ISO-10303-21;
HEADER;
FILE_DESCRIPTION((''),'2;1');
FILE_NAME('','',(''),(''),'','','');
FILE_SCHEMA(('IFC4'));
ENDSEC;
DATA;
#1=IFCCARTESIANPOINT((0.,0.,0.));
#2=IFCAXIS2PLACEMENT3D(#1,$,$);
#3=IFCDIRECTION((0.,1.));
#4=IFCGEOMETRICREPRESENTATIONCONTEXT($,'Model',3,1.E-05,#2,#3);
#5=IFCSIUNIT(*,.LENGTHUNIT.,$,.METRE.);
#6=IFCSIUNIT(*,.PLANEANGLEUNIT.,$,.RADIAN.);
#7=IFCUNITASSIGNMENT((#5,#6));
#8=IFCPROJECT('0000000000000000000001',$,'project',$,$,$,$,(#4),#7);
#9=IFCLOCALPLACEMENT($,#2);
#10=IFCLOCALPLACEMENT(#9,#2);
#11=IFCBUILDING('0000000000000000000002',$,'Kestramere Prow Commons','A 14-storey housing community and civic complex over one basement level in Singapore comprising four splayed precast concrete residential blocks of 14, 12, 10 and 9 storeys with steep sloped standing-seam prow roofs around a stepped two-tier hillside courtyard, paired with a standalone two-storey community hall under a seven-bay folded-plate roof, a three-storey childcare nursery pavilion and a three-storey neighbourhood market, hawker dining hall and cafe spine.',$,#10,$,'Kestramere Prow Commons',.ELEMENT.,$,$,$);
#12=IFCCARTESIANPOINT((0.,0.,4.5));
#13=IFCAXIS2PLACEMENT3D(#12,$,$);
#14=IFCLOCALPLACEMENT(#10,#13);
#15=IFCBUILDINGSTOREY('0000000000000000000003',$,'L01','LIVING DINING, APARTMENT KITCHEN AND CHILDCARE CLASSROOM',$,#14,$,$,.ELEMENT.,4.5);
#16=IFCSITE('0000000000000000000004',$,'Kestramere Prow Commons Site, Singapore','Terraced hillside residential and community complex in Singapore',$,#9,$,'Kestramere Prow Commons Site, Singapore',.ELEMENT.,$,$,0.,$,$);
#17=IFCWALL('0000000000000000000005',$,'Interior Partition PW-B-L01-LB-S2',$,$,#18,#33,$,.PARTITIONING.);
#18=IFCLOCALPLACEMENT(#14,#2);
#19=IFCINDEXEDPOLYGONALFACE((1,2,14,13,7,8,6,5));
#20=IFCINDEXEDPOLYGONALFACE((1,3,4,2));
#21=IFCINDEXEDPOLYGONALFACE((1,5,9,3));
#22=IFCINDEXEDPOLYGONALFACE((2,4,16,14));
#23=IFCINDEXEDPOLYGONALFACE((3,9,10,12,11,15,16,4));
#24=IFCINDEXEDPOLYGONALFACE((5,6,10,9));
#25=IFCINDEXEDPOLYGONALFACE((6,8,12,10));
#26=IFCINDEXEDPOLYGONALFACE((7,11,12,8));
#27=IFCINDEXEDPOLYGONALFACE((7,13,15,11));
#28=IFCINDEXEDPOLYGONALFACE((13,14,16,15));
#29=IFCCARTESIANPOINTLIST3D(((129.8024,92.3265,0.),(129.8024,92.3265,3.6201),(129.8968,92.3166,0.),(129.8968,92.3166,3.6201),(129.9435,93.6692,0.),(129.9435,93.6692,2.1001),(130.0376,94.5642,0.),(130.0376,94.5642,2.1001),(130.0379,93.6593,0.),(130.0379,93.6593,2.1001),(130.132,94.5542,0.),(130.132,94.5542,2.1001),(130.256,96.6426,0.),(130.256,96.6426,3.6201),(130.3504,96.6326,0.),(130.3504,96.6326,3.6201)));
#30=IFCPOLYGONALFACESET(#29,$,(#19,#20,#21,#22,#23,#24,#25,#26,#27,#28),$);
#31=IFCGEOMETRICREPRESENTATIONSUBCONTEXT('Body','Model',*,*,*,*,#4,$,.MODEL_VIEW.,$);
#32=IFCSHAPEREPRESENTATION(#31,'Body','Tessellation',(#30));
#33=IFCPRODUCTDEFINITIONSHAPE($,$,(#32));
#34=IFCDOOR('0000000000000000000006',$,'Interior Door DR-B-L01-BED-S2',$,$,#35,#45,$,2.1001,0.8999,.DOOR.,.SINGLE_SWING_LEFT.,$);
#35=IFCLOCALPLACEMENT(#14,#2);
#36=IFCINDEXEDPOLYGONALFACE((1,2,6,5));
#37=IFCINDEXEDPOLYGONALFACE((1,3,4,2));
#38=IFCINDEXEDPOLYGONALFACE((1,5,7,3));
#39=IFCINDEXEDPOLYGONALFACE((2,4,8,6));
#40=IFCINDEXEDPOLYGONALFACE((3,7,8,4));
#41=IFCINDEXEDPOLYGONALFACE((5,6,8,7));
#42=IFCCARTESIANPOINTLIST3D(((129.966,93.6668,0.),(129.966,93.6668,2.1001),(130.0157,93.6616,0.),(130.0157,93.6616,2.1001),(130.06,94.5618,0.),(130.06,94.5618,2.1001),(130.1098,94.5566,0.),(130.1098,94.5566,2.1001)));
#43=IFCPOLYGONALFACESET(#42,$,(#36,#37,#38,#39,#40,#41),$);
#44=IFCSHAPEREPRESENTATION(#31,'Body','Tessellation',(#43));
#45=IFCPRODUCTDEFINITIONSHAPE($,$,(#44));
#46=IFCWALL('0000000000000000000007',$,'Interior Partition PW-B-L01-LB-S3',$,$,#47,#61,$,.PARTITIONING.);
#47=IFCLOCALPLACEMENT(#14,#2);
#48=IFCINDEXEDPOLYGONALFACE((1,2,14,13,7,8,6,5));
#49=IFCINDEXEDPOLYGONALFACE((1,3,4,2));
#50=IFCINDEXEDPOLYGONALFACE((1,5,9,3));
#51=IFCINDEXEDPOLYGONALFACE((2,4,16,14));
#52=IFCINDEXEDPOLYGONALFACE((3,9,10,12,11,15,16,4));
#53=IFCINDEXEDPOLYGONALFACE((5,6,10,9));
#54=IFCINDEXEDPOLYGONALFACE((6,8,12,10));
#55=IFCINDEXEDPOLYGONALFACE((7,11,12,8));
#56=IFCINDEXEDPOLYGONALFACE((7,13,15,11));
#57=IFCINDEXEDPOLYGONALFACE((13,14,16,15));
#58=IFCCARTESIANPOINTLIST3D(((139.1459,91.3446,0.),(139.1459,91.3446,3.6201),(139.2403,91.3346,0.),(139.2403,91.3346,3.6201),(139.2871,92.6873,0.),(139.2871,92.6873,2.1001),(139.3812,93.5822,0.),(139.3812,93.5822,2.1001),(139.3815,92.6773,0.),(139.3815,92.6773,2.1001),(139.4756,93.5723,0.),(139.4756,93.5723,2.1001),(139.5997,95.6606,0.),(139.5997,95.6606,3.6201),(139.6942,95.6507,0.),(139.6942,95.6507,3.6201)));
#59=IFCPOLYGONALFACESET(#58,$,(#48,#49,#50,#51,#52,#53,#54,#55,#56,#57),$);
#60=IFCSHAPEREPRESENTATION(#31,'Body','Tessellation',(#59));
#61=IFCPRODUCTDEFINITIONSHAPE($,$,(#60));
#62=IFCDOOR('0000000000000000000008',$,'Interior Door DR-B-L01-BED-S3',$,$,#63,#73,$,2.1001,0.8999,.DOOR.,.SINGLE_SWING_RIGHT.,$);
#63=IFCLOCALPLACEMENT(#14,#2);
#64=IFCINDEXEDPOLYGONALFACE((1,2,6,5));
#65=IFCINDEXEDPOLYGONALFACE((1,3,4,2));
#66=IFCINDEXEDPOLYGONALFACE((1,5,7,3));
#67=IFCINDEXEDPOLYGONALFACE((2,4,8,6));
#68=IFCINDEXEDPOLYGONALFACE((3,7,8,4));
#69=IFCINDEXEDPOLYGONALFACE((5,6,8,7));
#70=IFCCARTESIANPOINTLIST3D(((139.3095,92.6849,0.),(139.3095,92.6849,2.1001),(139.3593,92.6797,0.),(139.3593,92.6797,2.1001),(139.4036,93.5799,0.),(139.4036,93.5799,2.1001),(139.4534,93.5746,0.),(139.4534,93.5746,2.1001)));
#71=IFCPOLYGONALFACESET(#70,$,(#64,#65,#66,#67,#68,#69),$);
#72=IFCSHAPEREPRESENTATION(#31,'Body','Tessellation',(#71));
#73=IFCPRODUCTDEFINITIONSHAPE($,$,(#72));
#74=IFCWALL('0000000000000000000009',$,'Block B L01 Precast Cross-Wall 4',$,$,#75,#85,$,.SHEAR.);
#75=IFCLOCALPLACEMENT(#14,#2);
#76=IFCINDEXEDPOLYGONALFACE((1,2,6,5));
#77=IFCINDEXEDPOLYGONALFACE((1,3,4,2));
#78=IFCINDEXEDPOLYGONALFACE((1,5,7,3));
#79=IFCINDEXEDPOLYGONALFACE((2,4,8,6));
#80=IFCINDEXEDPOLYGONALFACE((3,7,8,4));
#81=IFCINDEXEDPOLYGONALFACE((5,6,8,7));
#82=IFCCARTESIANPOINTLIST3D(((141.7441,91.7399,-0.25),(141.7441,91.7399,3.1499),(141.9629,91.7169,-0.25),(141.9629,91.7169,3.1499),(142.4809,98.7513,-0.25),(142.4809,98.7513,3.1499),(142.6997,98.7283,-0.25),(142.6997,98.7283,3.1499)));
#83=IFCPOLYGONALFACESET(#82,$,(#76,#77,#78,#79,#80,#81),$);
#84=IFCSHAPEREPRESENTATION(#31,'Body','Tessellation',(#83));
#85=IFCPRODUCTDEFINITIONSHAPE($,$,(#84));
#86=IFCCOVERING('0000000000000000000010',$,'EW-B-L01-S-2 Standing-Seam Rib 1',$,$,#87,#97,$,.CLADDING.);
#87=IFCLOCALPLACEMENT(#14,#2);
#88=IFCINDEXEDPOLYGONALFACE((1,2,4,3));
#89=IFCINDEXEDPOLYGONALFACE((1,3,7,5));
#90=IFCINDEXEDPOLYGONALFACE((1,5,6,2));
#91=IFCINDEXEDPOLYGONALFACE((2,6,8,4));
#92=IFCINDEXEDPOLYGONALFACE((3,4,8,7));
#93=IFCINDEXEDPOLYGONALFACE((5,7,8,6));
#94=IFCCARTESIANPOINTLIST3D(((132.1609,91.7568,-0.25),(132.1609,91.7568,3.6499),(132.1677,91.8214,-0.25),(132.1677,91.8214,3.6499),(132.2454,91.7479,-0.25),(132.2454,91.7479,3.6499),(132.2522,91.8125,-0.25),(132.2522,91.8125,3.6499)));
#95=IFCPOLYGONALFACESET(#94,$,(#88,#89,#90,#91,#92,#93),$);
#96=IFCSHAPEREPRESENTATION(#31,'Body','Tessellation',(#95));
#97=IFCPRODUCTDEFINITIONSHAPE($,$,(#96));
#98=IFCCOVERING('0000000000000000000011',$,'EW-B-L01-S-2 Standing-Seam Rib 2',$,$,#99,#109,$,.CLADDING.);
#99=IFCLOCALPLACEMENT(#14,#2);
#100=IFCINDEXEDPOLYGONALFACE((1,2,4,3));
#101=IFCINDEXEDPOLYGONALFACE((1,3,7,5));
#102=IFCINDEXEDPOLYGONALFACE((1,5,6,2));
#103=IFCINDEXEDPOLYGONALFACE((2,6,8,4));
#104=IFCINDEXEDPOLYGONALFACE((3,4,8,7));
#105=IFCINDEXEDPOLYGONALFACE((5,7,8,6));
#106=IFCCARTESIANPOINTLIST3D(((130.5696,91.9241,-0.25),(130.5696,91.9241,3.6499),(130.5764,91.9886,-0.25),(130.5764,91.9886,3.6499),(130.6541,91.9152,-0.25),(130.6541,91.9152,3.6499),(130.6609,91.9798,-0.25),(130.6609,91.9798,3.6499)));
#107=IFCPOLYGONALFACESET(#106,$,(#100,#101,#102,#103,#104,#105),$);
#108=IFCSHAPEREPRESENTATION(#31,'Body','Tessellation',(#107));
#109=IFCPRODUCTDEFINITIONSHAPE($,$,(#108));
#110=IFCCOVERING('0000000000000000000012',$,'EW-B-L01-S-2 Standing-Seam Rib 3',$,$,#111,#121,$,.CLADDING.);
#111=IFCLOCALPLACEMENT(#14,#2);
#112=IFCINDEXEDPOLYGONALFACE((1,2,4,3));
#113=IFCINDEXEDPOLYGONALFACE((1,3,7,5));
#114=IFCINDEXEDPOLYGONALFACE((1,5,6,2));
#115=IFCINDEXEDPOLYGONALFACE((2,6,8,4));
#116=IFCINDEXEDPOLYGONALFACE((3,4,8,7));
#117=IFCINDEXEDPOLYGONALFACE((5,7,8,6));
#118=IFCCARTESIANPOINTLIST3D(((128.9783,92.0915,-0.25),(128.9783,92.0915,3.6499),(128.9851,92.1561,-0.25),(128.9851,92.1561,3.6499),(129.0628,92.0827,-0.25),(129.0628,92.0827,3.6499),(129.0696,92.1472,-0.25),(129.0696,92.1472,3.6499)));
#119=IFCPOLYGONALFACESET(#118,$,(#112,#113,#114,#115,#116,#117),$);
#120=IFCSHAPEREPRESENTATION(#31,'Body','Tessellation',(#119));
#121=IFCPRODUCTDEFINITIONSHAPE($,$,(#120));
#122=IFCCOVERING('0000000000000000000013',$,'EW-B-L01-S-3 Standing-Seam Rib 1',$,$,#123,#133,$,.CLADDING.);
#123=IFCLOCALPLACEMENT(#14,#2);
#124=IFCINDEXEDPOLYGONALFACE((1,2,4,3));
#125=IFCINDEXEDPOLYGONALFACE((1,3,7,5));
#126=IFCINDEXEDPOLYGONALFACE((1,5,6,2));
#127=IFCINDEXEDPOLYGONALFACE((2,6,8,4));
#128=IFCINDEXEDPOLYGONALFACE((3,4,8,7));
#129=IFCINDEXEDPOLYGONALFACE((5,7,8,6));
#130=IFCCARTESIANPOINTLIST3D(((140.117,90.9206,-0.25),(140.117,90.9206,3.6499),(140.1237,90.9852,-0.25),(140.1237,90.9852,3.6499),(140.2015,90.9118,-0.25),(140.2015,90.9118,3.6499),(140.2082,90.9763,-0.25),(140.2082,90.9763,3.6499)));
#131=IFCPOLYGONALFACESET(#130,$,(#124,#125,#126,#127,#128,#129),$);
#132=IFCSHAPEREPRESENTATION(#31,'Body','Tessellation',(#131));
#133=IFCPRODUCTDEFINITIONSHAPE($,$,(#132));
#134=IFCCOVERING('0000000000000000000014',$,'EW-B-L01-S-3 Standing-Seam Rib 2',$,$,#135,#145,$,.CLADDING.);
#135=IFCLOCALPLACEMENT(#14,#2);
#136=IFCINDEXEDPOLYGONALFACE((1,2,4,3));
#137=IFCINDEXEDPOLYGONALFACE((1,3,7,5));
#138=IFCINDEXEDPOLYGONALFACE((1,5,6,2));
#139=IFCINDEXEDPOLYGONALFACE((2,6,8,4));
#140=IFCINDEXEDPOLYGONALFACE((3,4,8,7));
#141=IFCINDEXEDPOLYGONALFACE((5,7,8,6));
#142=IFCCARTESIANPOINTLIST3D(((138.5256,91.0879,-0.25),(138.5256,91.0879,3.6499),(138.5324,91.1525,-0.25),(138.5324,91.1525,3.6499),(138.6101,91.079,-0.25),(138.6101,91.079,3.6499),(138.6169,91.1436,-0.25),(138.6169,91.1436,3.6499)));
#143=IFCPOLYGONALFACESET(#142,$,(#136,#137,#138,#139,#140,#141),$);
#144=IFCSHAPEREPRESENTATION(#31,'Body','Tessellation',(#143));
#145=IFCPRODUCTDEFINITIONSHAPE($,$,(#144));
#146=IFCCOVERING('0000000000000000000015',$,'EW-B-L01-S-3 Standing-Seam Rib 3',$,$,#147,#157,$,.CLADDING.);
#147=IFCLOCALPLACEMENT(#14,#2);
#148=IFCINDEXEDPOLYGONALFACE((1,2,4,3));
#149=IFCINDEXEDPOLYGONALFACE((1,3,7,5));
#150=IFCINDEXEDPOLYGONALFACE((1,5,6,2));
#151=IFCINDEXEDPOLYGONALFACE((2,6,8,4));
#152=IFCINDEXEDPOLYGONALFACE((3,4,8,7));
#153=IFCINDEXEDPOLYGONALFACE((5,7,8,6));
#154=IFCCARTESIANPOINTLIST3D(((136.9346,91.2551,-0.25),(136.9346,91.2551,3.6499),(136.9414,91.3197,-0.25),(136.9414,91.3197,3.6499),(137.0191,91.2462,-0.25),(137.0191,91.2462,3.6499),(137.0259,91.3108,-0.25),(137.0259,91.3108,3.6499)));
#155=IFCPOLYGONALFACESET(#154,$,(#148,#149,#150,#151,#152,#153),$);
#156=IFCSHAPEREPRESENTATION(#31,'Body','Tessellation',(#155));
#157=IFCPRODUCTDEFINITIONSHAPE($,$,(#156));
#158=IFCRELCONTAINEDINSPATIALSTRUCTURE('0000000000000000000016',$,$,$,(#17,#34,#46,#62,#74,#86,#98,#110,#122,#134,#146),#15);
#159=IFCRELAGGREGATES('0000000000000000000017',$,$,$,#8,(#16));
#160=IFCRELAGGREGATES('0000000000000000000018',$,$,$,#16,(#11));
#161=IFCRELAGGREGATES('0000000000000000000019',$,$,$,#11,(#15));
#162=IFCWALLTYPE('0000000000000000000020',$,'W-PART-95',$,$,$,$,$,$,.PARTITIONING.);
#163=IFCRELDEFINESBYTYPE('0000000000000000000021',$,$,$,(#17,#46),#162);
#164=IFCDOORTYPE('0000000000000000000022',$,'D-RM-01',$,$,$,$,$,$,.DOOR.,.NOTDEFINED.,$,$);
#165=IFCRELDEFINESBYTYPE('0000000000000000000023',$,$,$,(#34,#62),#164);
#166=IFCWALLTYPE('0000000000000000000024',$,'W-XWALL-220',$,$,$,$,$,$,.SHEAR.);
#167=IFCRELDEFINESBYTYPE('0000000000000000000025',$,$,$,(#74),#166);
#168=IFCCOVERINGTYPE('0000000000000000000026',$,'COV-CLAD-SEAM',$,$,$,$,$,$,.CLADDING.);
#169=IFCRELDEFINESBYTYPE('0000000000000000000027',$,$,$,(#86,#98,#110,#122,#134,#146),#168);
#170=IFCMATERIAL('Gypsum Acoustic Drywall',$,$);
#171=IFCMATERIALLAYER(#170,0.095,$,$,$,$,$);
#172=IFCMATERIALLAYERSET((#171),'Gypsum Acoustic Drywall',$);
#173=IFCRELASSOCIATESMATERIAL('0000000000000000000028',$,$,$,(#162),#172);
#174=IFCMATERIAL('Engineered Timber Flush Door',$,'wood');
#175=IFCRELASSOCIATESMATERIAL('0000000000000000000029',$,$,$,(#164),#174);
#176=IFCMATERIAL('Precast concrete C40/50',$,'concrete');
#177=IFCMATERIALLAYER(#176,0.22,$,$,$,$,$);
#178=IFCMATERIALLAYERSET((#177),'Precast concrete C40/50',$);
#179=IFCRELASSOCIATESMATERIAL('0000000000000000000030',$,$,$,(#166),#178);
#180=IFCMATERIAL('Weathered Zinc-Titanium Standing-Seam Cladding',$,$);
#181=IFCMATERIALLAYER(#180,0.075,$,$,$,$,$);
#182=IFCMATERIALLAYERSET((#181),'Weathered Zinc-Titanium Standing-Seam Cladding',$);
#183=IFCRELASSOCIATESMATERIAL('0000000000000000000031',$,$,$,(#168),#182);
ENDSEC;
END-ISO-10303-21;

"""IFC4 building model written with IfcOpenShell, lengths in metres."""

from ifc_helpers import new_model, si_unit, direction, frame, frame_2d, origin, origin_2d, place, context, subcontext, project, spatial, rectangle, extrude, material, layer, layer_set, type_object, element, fill, save


model = new_model("IFC4")

# Units and contexts
model_context = context("Model", 3, precision=1e-05, world=origin(), true_north=direction((0.0, 1.0)))
body_context = subcontext(model_context, "Body", "Model", "MODEL_VIEW")
ifc_project = project(units=[si_unit("LENGTHUNIT", "METRE"), si_unit("PLANEANGLEUNIT", "RADIAN")], contexts=[model_context])

# Site, building, storey
site_placement = place(None, origin())
site = spatial("IfcSite", under=ifc_project, at=site_placement, Name="Kestramere Prow Commons Site, Singapore", Description="Terraced hillside residential and community complex in Singapore", LongName="Kestramere Prow Commons Site, Singapore", CompositionType="ELEMENT", RefElevation=0.0)
building_placement = place(site_placement, origin())
building = spatial("IfcBuilding", under=site, at=building_placement, Name="Kestramere Prow Commons", Description="A 14-storey housing community and civic complex over one basement level in Singapore comprising four splayed precast concrete residential blocks of 14, 12, 10 and 9 storeys with steep sloped standing-seam prow roofs around a stepped two-tier hillside courtyard, paired with a standalone two-storey community hall under a seven-bay folded-plate roof, a three-storey childcare nursery pavilion and a three-storey neighbourhood market, hawker dining hall and cafe spine.", LongName="Kestramere Prow Commons", CompositionType="ELEMENT")
storey_placement = place(building_placement, frame((0.0, 0.0, 4.5)))
storey = spatial("IfcBuildingStorey", under=building, at=storey_placement, Name="L01", Description="LIVING DINING, APARTMENT KITCHEN AND CHILDCARE CLASSROOM", CompositionType="ELEMENT", Elevation=4.5)

# Shared definitions
ifc_material_1 = material(Name="Precast concrete C40/50", Category="concrete")

# Walls, openings, doors
ifc_material_2 = material(Name="Gypsum Acoustic Drywall")
ifc_layer_1 = layer(ifc_material_2, 0.095)
ifc_layer_set_1 = layer_set([ifc_layer_1], Name="Gypsum Acoustic Drywall")
wall_type_1 = type_object("IfcWallType", Name="W-PART-95", PredefinedType="PARTITIONING", material=ifc_layer_set_1)
wall_1_placement = place(storey_placement, frame((129.8496, 92.3215, 0.0), z_axis=(0.0, 0.0, 1.0), x_axis=(0.104521, 0.994523, 0.0)))
wall_1 = element("IfcWall", 1, at=wall_1_placement, inside=storey, type_object=wall_type_1, Name="Interior Partition PW-B-L01-LB-S2", PredefinedType="PARTITIONING", context=body_context, shape_type="SweptSolid", body=[
    extrude(rectangle(XDim=4.3398, YDim=0.095, at=frame_2d((2.1699, 0.0))), origin(), (0.0, 0.0, 1.0), 3.6201),
])
opening_1_placement = place(wall_1_placement, frame((1.3501, 0.0, 0.0)))
opening_1 = element("IfcOpeningElement", 2, at=opening_1_placement, cuts=wall_1, PredefinedType="OPENING", context=body_context, shape_type="SweptSolid", body=[
    extrude(rectangle(XDim=0.8999, YDim=2.1001, at=frame_2d((0.45, 1.05))), frame((0.0, 0.0625, 0.0), z_axis=(0.0, -1.0, 0.0), x_axis=(1.0, 0.0, 0.0)), (0.0, 0.0, 1.0), 0.125),
])
ifc_material_3 = material(Name="Engineered Timber Flush Door", Category="wood")
door_type_1 = type_object("IfcDoorType", Name="D-RM-01", OperationType="NOTDEFINED", PredefinedType="DOOR", material=ifc_material_3)
door_1_placement = place(opening_1_placement, origin())
door_1 = element("IfcDoor", 3, at=door_1_placement, inside=storey, type_object=door_type_1, Name="Interior Door DR-B-L01-BED-S2", OperationType="SINGLE_SWING_LEFT", OverallHeight=2.1001, OverallWidth=0.8999, PredefinedType="DOOR", context=body_context, shape_type="SweptSolid", body=[
    extrude(rectangle(XDim=0.8999, YDim=2.1001, at=frame_2d((0.45, 1.05))), frame((0.0, 0.0249, 0.0), z_axis=(0.0, -1.0, 0.0), x_axis=(1.0, 0.0, 0.0)), (0.0, 0.0, 1.0), 0.05),
])
fill(opening_1, door_1)
wall_2_placement = place(storey_placement, frame((139.1931, 91.3396, 0.0), z_axis=(0.0, 0.0, 1.0), x_axis=(0.104576, 0.994517, 0.0)))
wall_2 = element("IfcWall", 4, at=wall_2_placement, inside=storey, type_object=wall_type_1, Name="Interior Partition PW-B-L01-LB-S3", PredefinedType="PARTITIONING", context=body_context, shape_type="SweptSolid", body=[
    extrude(rectangle(XDim=4.3398, YDim=0.095, at=frame_2d((2.1699, 0.0))), origin(), (0.0, 0.0, 1.0), 3.6201),
])
opening_2_placement = place(wall_2_placement, frame((1.3501, 0.0, 0.0)))
opening_2 = element("IfcOpeningElement", 5, at=opening_2_placement, cuts=wall_2, PredefinedType="OPENING", context=body_context, shape_type="SweptSolid", body=[
    extrude(rectangle(XDim=0.8999, YDim=2.1001, at=frame_2d((0.45, 1.05))), frame((0.0, 0.0625, 0.0), z_axis=(0.0, -1.0, 0.0), x_axis=(1.0, 0.0, 0.0)), (0.0, 0.0, 1.0), 0.125),
])
door_2_placement = place(opening_2_placement, origin())
door_2 = element("IfcDoor", 6, at=door_2_placement, inside=storey, type_object=door_type_1, Name="Interior Door DR-B-L01-BED-S3", OperationType="SINGLE_SWING_RIGHT", OverallHeight=2.1001, OverallWidth=0.8999, PredefinedType="DOOR", context=body_context, shape_type="SweptSolid", body=[
    extrude(rectangle(XDim=0.8999, YDim=2.1001, at=frame_2d((0.45, 1.05))), frame((0.0, 0.0249, 0.0), z_axis=(0.0, -1.0, 0.0), x_axis=(1.0, 0.0, 0.0)), (0.0, 0.0, 1.0), 0.05),
])
fill(opening_2, door_2)

# Wall
ifc_layer_2 = layer(ifc_material_1, 0.22)
ifc_layer_set_2 = layer_set([ifc_layer_2], Name="Precast concrete C40/50")
wall_type_2 = type_object("IfcWallType", Name="W-XWALL-220", PredefinedType="SHEAR", material=ifc_layer_set_2)
wall_3_placement = place(storey_placement, frame((141.8535, 91.7285, -0.25), z_axis=(0.0, 0.0, 1.0), x_axis=(0.104512, 0.994524, 0.0)))
element("IfcWall", 7, at=wall_3_placement, inside=storey, type_object=wall_type_2, Name="Block B L01 Precast Cross-Wall 4", PredefinedType="SHEAR", context=body_context, shape_type="SweptSolid", body=[
    extrude(rectangle(XDim=7.05, YDim=0.22, at=frame_2d((3.5249, 0.0))), origin(), (0.0, 0.0, 1.0), 3.3999),
])

# Coverings
ifc_material_4 = material(Name="Weathered Zinc-Titanium Standing-Seam Cladding")
ifc_layer_3 = layer(ifc_material_4, 0.075)
ifc_layer_set_3 = layer_set([ifc_layer_3], Name="Weathered Zinc-Titanium Standing-Seam Cladding")
covering_type = type_object("IfcCoveringType", Name="COV-CLAD-SEAM", PredefinedType="CLADDING", material=ifc_layer_set_3)
for number, where, z_axis, x_axis, name in (
    (8, (132.2065, 91.7847, -0.25), (0.0, 0.0, 1.0), (-0.994522, 0.104528, 0.0), "EW-B-L01-S-2 Standing-Seam Rib 1"),
    (9, (130.6152, 91.9519, -0.25), (0.0, 0.0, 1.0), (-0.994522, 0.104528, 0.0), "EW-B-L01-S-2 Standing-Seam Rib 2"),
    (10, (129.0239, 92.1194, -0.25), (0.0, 0.0, 1.0), (-0.994522, 0.104528, 0.0), "EW-B-L01-S-2 Standing-Seam Rib 3"),
    (11, (140.1626, 90.9485, -0.25), (0.0, 0.0, 1.0), (-0.994522, 0.104528, 0.0), "EW-B-L01-S-3 Standing-Seam Rib 1"),
    (12, (138.5713, 91.1157, -0.25), (0.0, 0.0, 1.0), (-0.994522, 0.104528, 0.0), "EW-B-L01-S-3 Standing-Seam Rib 2"),
    (13, (136.9802, 91.283, -0.25), (0.0, 0.0, 1.0), (-0.994522, 0.104528, 0.0), "EW-B-L01-S-3 Standing-Seam Rib 3"),
):
    element("IfcCovering", number, at=place(storey_placement, frame(where, z_axis=z_axis, x_axis=x_axis)), inside=storey, type_object=covering_type, Name=name, PredefinedType="CLADDING", context=body_context, shape_type="SweptSolid", body=[
        extrude(rectangle(XDim=0.085, YDim=0.0649, at=origin_2d()), origin(), (0.0, 0.0, 1.0), 3.8999),
    ])

save(model, "model.ifc")
